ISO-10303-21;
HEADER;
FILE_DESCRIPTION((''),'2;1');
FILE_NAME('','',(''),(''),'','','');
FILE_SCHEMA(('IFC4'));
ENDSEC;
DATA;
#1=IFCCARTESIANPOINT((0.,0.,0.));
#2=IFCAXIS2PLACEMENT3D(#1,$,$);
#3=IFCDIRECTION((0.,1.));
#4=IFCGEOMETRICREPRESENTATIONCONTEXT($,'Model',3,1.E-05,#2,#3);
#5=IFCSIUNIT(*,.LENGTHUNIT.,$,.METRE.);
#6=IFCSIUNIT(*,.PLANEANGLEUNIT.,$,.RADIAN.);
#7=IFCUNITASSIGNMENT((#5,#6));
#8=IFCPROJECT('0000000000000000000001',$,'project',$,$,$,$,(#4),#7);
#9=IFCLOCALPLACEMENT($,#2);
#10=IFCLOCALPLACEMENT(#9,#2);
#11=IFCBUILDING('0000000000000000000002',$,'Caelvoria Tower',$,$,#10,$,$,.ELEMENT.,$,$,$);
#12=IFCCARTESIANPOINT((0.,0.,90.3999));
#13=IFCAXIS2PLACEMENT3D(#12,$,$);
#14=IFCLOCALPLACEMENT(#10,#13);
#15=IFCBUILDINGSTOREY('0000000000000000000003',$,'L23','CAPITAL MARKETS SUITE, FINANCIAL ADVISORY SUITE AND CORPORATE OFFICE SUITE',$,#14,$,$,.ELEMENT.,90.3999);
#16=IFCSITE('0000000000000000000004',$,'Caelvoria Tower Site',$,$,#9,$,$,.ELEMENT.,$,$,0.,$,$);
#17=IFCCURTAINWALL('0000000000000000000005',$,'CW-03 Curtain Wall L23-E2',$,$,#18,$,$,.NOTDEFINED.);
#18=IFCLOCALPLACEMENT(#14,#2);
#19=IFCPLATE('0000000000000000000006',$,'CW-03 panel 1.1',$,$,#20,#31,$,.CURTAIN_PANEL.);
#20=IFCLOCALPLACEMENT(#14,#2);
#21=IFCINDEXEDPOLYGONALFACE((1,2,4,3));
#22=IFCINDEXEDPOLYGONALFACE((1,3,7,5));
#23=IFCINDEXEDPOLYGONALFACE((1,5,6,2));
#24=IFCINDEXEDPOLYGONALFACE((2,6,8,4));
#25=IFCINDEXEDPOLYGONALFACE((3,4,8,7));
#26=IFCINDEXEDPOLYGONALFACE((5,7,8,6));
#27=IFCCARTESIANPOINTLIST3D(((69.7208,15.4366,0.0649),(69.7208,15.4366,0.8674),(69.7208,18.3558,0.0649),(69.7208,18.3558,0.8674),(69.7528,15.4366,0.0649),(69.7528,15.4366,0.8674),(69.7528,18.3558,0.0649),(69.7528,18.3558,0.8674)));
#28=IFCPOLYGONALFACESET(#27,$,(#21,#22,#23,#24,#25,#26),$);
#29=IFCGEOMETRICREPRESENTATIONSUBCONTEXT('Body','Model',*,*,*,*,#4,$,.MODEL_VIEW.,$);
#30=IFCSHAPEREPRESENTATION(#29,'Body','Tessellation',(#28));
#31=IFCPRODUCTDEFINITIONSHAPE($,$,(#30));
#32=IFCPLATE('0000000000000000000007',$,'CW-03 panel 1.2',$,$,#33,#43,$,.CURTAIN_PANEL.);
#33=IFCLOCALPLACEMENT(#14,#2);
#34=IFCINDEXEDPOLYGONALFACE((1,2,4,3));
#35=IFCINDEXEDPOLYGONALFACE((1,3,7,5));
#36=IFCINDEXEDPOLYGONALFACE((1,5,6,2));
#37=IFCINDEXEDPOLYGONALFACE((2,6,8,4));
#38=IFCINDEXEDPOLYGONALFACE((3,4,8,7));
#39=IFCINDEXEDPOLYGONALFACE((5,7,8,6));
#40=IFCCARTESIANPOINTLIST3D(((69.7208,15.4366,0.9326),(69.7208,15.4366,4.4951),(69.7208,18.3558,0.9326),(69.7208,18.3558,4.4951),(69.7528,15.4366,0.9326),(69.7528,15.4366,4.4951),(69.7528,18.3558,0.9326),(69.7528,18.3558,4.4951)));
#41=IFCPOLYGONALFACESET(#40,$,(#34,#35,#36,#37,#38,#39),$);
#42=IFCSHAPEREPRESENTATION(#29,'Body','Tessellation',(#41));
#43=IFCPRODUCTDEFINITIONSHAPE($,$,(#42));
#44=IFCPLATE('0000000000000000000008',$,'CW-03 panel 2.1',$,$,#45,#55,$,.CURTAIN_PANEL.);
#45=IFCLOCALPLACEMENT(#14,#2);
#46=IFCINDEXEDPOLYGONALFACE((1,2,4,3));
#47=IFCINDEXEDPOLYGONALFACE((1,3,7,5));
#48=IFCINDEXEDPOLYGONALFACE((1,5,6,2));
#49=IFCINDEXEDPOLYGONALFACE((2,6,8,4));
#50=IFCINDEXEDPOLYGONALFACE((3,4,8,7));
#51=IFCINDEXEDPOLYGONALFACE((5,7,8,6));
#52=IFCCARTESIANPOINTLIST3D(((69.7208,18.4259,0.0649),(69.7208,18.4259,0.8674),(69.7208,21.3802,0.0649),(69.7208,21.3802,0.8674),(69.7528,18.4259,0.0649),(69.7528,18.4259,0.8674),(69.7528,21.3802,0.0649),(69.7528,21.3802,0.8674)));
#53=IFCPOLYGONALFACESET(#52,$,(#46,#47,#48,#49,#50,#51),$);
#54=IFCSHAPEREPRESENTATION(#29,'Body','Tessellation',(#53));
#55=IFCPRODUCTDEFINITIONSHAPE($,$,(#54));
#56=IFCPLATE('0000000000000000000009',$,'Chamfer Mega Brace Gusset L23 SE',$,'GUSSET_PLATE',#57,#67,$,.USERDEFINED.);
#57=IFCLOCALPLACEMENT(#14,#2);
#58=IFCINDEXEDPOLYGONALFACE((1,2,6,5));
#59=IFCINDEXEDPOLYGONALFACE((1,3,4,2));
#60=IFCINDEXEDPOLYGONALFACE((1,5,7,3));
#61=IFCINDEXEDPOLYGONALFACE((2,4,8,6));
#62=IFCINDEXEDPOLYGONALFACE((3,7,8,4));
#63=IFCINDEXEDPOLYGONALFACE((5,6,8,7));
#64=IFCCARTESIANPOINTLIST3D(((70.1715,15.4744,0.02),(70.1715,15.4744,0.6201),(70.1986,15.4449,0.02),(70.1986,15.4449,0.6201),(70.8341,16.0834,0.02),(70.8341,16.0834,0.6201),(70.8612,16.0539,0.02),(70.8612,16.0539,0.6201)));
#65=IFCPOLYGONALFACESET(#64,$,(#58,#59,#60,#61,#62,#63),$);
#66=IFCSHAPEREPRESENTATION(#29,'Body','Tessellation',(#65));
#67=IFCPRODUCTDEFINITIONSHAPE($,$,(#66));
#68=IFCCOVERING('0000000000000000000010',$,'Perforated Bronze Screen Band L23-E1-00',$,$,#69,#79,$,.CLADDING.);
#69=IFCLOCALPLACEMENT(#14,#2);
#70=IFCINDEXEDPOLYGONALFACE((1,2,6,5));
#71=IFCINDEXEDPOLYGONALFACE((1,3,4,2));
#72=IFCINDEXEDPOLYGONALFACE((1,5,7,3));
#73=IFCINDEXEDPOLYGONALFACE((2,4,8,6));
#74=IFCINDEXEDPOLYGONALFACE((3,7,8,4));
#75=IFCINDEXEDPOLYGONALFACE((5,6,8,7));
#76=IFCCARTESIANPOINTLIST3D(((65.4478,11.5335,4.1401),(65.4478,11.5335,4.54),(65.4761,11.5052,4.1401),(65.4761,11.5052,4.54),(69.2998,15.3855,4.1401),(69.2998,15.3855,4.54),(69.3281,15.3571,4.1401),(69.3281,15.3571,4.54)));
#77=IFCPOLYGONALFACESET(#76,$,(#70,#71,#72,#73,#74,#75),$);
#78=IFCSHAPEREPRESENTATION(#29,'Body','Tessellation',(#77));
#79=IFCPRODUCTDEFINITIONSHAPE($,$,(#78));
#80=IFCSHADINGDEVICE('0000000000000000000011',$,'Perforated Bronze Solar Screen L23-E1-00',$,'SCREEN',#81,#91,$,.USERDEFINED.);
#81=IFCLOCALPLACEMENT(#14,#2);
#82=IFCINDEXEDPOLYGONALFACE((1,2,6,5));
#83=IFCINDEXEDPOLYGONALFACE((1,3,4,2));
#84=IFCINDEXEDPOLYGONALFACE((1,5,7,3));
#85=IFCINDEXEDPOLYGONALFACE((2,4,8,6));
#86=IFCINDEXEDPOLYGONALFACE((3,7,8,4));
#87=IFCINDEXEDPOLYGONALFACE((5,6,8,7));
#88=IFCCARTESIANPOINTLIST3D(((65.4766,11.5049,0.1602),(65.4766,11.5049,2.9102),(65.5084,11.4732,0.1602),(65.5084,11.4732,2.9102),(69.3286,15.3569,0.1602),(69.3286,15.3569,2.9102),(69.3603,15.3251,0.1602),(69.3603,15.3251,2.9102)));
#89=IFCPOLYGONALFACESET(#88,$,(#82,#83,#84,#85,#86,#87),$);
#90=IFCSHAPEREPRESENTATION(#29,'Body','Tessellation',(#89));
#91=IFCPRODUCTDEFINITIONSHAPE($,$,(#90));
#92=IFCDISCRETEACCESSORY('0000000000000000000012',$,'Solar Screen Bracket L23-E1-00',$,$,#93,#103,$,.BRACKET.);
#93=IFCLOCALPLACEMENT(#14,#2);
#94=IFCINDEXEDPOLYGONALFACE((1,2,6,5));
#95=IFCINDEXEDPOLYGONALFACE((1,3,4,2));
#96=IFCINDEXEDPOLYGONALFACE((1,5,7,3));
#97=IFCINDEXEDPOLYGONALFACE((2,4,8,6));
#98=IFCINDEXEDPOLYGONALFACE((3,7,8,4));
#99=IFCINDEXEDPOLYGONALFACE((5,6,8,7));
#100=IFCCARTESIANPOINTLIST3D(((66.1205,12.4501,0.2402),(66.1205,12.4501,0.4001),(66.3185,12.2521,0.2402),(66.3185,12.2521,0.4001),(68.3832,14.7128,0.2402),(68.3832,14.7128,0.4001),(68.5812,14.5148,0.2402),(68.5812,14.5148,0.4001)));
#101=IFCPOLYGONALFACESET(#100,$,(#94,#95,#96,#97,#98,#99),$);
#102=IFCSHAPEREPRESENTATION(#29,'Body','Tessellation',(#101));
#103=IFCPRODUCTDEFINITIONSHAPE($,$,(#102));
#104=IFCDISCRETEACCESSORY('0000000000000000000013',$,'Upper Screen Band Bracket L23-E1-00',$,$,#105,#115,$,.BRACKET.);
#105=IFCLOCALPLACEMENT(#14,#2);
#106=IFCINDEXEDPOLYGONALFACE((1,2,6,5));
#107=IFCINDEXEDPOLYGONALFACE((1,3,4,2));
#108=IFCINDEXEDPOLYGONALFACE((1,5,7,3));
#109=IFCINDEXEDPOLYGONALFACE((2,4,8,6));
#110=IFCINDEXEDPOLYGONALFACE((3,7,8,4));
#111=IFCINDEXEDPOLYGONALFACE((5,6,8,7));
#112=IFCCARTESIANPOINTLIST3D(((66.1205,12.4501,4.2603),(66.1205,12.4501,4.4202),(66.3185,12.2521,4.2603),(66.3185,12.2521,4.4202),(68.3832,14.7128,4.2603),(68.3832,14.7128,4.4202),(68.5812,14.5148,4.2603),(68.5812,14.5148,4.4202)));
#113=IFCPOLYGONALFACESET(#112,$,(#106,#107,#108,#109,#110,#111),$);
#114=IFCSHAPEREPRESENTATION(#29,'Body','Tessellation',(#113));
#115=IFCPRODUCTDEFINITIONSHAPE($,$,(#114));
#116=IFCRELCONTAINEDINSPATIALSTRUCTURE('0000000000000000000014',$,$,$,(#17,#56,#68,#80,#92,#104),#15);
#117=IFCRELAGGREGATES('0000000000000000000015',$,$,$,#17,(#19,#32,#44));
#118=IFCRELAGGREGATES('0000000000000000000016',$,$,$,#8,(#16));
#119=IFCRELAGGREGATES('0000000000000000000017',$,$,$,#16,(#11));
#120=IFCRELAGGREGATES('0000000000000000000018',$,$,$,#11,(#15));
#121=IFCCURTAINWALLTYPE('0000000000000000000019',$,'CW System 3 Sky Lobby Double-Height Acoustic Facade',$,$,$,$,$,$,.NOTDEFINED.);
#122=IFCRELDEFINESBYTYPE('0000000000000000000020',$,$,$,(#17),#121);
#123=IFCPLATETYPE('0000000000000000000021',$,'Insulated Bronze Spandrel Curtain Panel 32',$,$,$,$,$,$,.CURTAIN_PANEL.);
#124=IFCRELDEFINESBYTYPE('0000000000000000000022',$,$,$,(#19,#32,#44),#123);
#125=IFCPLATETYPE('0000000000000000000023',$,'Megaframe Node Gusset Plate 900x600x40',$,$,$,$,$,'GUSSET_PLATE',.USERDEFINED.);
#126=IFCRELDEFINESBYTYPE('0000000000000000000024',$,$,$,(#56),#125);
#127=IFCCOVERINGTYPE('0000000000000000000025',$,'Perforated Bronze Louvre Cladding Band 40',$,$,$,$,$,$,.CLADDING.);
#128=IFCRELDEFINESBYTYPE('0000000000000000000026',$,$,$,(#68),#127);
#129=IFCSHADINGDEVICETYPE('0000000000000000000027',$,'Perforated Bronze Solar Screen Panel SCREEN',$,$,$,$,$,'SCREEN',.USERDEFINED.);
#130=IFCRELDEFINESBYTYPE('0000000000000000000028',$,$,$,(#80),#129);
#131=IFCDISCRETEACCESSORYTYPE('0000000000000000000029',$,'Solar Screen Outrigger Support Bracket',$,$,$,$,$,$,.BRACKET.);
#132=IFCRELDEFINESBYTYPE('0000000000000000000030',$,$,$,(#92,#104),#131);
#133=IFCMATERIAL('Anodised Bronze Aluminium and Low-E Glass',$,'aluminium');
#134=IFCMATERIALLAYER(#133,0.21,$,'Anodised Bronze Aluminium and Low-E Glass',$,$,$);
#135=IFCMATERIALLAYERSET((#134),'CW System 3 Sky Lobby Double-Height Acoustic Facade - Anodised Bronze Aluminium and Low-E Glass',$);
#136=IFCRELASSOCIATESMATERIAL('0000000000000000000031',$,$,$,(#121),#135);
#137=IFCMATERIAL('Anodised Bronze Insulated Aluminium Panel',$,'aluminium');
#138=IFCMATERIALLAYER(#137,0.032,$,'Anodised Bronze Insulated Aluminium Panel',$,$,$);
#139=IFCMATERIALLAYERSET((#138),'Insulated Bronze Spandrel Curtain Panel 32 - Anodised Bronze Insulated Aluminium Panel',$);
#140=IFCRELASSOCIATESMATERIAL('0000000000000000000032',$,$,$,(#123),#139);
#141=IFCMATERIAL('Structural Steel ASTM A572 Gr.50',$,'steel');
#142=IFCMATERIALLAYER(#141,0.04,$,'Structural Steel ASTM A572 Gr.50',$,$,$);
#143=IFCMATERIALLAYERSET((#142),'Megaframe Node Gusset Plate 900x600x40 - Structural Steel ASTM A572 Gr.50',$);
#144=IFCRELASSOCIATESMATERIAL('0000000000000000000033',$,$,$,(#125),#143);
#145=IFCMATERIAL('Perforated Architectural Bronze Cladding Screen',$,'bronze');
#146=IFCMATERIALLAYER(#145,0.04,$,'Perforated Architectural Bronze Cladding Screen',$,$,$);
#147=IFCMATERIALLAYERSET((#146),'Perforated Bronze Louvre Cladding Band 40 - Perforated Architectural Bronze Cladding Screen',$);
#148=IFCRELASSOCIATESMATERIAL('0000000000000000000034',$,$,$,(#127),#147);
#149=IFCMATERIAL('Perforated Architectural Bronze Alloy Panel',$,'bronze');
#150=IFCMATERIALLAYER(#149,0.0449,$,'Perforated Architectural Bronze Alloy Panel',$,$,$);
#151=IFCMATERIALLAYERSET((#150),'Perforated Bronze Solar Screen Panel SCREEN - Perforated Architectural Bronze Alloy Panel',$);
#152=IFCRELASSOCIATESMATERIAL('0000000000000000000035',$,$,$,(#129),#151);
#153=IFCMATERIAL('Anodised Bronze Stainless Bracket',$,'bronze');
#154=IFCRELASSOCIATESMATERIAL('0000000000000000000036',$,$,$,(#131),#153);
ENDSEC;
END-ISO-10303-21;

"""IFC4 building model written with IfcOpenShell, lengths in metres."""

from ifc_helpers import new_model, si_unit, direction, frame, origin, origin_2d, place, context, subcontext, project, spatial, rectangle, extrude, material, layer, layer_set, type_object, element, aggregate, save


model = new_model("IFC4")

# Units and contexts
model_context = context("Model", 3, precision=1e-05, world=origin(), true_north=direction((0.0, 1.0)))
body_context = subcontext(model_context, "Body", "Model", "MODEL_VIEW")
ifc_project = project(units=[si_unit("LENGTHUNIT", "METRE"), si_unit("PLANEANGLEUNIT", "RADIAN")], contexts=[model_context])

# Site, building, storey
site_placement = place(None, origin())
site = spatial("IfcSite", under=ifc_project, at=site_placement, Name="Caelvoria Tower Site", CompositionType="ELEMENT", RefElevation=0.0)
building_placement = place(site_placement, origin())
building = spatial("IfcBuilding", under=site, at=building_placement, Name="Caelvoria Tower", CompositionType="ELEMENT")
storey_placement = place(building_placement, frame((0.0, 0.0, 90.3999)))
storey = spatial("IfcBuildingStorey", under=building, at=storey_placement, Name="L23", Description="CAPITAL MARKETS SUITE, FINANCIAL ADVISORY SUITE AND CORPORATE OFFICE SUITE", CompositionType="ELEMENT", Elevation=90.3999)

# Shared definitions
ifc_material_1 = material(Name="Structural Steel ASTM A572 Gr.50", Category="steel")

# Shared definitions
ifc_material_2 = material(Name="Anodised Bronze Aluminium and Low-E Glass", Category="aluminium")
ifc_layer_1 = layer(ifc_material_2, 0.21, Name="Anodised Bronze Aluminium and Low-E Glass")
ifc_layer_set_1 = layer_set([ifc_layer_1], Name="CW System 3 Sky Lobby Double-Height Acoustic Facade - Anodised Bronze Aluminium and Low-E Glass")
curtain_wall_type = type_object("IfcCurtainWallType", Name="CW System 3 Sky Lobby Double-Height Acoustic Facade", PredefinedType="NOTDEFINED", material=ifc_layer_set_1)

# Curtain wall
curtain_wall_1_placement = place(storey_placement, origin())
curtain_wall_1 = element("IfcCurtainWall", 1, at=curtain_wall_1_placement, inside=storey, type_object=curtain_wall_type, Name="CW-03 Curtain Wall L23-E2", PredefinedType="NOTDEFINED")

# Plates
ifc_material_3 = material(Name="Anodised Bronze Insulated Aluminium Panel", Category="aluminium")
ifc_layer_2 = layer(ifc_material_3, 0.032, Name="Anodised Bronze Insulated Aluminium Panel")
ifc_layer_set_2 = layer_set([ifc_layer_2], Name="Insulated Bronze Spandrel Curtain Panel 32 - Anodised Bronze Insulated Aluminium Panel")
plate_type_1 = type_object("IfcPlateType", Name="Insulated Bronze Spandrel Curtain Panel 32", PredefinedType="CURTAIN_PANEL", material=ifc_layer_set_2)
plate_1_placement = place(storey_placement, frame((69.7368, 16.8962, 0.0649), z_axis=(0.0, 0.0, 1.0), x_axis=(0.0, 1.0, 0.0)))
plate_1 = element("IfcPlate", 2, at=plate_1_placement, type_object=plate_type_1, Name="CW-03 panel 1.1", PredefinedType="CURTAIN_PANEL", context=body_context, shape_type="SweptSolid", body=[
    extrude(rectangle(XDim=2.9192, YDim=0.032, at=origin_2d()), origin(), (0.0, 0.0, 1.0), 0.8025),
])
plate_2_placement = place(storey_placement, frame((69.7368, 16.8962, 0.9326), z_axis=(0.0, 0.0, 1.0), x_axis=(0.0, 1.0, 0.0)))
plate_2 = element("IfcPlate", 3, at=plate_2_placement, type_object=plate_type_1, Name="CW-03 panel 1.2", PredefinedType="CURTAIN_PANEL", context=body_context, shape_type="SweptSolid", body=[
    extrude(rectangle(XDim=2.9192, YDim=0.032, at=origin_2d()), origin(), (0.0, 0.0, 1.0), 3.5625),
])
plate_3_placement = place(storey_placement, frame((69.7368, 19.9031, 0.0649), z_axis=(0.0, 0.0, 1.0), x_axis=(0.0, 1.0, 0.0)))
plate_3 = element("IfcPlate", 4, at=plate_3_placement, type_object=plate_type_1, Name="CW-03 panel 2.1", PredefinedType="CURTAIN_PANEL", context=body_context, shape_type="SweptSolid", body=[
    extrude(rectangle(XDim=2.9543, YDim=0.032, at=origin_2d()), origin(), (0.0, 0.0, 1.0), 0.8025),
])
aggregate(curtain_wall_1, [plate_1, plate_2, plate_3])
ifc_layer_3 = layer(ifc_material_1, 0.04, Name="Structural Steel ASTM A572 Gr.50")
ifc_layer_set_3 = layer_set([ifc_layer_3], Name="Megaframe Node Gusset Plate 900x600x40 - Structural Steel ASTM A572 Gr.50")
plate_type_2 = type_object("IfcPlateType", Name="Megaframe Node Gusset Plate 900x600x40", ElementType="GUSSET_PLATE", PredefinedType="USERDEFINED", material=ifc_layer_set_3)
plate_4_placement = place(storey_placement, frame((70.5164, 15.7642, 0.02), z_axis=(0.0, 0.0, 1.0), x_axis=(-0.736236, -0.676724, 0.0)))
element("IfcPlate", 5, at=plate_4_placement, inside=storey, type_object=plate_type_2, Name="Chamfer Mega Brace Gusset L23 SE", ObjectType="GUSSET_PLATE", PredefinedType="USERDEFINED", context=body_context, shape_type="SweptSolid", body=[
    extrude(rectangle(XDim=0.8999, YDim=0.04, at=origin_2d()), origin(), (0.0, 0.0, 1.0), 0.6001),
])

# Covering
ifc_material_4 = material(Name="Perforated Architectural Bronze Cladding Screen", Category="bronze")
ifc_layer_4 = layer(ifc_material_4, 0.04, Name="Perforated Architectural Bronze Cladding Screen")
ifc_layer_set_4 = layer_set([ifc_layer_4], Name="Perforated Bronze Louvre Cladding Band 40 - Perforated Architectural Bronze Cladding Screen")
covering_type = type_object("IfcCoveringType", Name="Perforated Bronze Louvre Cladding Band 40", PredefinedType="CLADDING", material=ifc_layer_set_4)
covering_placement = place(storey_placement, frame((67.3879, 13.4453, 4.1401), z_axis=(0.0, 0.0, 1.0), x_axis=(0.707107, 0.707107, 0.0)))
element("IfcCovering", 6, at=covering_placement, inside=storey, type_object=covering_type, Name="Perforated Bronze Screen Band L23-E1-00", PredefinedType="CLADDING", context=body_context, shape_type="SweptSolid", body=[
    extrude(rectangle(XDim=5.4475, YDim=0.04, at=origin_2d()), origin(), (0.0, 0.0, 1.0), 0.3999),
])

# Shading device
ifc_material_5 = material(Name="Perforated Architectural Bronze Alloy Panel", Category="bronze")
ifc_layer_5 = layer(ifc_material_5, 0.0449, Name="Perforated Architectural Bronze Alloy Panel")
ifc_layer_set_5 = layer_set([ifc_layer_5], Name="Perforated Bronze Solar Screen Panel SCREEN - Perforated Architectural Bronze Alloy Panel")
shading_device_type = type_object("IfcShadingDeviceType", Name="Perforated Bronze Solar Screen Panel SCREEN", ElementType="SCREEN", PredefinedType="USERDEFINED", material=ifc_layer_set_5)
shading_device_placement = place(storey_placement, frame((67.4185, 13.415, 0.1602), z_axis=(0.0, 0.0, 1.0), x_axis=(0.707107, 0.707107, 0.0)))
element("IfcShadingDevice", 7, at=shading_device_placement, inside=storey, type_object=shading_device_type, Name="Perforated Bronze Solar Screen L23-E1-00", ObjectType="SCREEN", PredefinedType="USERDEFINED", context=body_context, shape_type="SweptSolid", body=[
    extrude(rectangle(XDim=5.4475, YDim=0.0449, at=origin_2d()), origin(), (0.0, 0.0, 1.0), 2.75),
])

# Discrete accessories
ifc_material_6 = material(Name="Anodised Bronze Stainless Bracket", Category="bronze")
discrete_accessory_type = type_object("IfcDiscreteAccessoryType", Name="Solar Screen Outrigger Support Bracket", PredefinedType="BRACKET", material=ifc_material_6)
for number, where, z_axis, x_axis, name in (
    (8, (67.3508, 13.4824, 0.2402), (0.0, 0.0, 1.0), (0.707107, 0.707107, 0.0), "Solar Screen Bracket L23-E1-00"),
    (9, (67.3508, 13.4824, 4.2603), (0.0, 0.0, 1.0), (0.707107, 0.707107, 0.0), "Upper Screen Band Bracket L23-E1-00"),
):
    element("IfcDiscreteAccessory", number, at=place(storey_placement, frame(where, z_axis=z_axis, x_axis=x_axis)), inside=storey, type_object=discrete_accessory_type, Name=name, PredefinedType="BRACKET", context=body_context, shape_type="SweptSolid", body=[
        extrude(rectangle(XDim=3.2, YDim=0.28, at=origin_2d()), origin(), (0.0, 0.0, 1.0), 0.1599),
    ])

save(model, "model.ifc")
